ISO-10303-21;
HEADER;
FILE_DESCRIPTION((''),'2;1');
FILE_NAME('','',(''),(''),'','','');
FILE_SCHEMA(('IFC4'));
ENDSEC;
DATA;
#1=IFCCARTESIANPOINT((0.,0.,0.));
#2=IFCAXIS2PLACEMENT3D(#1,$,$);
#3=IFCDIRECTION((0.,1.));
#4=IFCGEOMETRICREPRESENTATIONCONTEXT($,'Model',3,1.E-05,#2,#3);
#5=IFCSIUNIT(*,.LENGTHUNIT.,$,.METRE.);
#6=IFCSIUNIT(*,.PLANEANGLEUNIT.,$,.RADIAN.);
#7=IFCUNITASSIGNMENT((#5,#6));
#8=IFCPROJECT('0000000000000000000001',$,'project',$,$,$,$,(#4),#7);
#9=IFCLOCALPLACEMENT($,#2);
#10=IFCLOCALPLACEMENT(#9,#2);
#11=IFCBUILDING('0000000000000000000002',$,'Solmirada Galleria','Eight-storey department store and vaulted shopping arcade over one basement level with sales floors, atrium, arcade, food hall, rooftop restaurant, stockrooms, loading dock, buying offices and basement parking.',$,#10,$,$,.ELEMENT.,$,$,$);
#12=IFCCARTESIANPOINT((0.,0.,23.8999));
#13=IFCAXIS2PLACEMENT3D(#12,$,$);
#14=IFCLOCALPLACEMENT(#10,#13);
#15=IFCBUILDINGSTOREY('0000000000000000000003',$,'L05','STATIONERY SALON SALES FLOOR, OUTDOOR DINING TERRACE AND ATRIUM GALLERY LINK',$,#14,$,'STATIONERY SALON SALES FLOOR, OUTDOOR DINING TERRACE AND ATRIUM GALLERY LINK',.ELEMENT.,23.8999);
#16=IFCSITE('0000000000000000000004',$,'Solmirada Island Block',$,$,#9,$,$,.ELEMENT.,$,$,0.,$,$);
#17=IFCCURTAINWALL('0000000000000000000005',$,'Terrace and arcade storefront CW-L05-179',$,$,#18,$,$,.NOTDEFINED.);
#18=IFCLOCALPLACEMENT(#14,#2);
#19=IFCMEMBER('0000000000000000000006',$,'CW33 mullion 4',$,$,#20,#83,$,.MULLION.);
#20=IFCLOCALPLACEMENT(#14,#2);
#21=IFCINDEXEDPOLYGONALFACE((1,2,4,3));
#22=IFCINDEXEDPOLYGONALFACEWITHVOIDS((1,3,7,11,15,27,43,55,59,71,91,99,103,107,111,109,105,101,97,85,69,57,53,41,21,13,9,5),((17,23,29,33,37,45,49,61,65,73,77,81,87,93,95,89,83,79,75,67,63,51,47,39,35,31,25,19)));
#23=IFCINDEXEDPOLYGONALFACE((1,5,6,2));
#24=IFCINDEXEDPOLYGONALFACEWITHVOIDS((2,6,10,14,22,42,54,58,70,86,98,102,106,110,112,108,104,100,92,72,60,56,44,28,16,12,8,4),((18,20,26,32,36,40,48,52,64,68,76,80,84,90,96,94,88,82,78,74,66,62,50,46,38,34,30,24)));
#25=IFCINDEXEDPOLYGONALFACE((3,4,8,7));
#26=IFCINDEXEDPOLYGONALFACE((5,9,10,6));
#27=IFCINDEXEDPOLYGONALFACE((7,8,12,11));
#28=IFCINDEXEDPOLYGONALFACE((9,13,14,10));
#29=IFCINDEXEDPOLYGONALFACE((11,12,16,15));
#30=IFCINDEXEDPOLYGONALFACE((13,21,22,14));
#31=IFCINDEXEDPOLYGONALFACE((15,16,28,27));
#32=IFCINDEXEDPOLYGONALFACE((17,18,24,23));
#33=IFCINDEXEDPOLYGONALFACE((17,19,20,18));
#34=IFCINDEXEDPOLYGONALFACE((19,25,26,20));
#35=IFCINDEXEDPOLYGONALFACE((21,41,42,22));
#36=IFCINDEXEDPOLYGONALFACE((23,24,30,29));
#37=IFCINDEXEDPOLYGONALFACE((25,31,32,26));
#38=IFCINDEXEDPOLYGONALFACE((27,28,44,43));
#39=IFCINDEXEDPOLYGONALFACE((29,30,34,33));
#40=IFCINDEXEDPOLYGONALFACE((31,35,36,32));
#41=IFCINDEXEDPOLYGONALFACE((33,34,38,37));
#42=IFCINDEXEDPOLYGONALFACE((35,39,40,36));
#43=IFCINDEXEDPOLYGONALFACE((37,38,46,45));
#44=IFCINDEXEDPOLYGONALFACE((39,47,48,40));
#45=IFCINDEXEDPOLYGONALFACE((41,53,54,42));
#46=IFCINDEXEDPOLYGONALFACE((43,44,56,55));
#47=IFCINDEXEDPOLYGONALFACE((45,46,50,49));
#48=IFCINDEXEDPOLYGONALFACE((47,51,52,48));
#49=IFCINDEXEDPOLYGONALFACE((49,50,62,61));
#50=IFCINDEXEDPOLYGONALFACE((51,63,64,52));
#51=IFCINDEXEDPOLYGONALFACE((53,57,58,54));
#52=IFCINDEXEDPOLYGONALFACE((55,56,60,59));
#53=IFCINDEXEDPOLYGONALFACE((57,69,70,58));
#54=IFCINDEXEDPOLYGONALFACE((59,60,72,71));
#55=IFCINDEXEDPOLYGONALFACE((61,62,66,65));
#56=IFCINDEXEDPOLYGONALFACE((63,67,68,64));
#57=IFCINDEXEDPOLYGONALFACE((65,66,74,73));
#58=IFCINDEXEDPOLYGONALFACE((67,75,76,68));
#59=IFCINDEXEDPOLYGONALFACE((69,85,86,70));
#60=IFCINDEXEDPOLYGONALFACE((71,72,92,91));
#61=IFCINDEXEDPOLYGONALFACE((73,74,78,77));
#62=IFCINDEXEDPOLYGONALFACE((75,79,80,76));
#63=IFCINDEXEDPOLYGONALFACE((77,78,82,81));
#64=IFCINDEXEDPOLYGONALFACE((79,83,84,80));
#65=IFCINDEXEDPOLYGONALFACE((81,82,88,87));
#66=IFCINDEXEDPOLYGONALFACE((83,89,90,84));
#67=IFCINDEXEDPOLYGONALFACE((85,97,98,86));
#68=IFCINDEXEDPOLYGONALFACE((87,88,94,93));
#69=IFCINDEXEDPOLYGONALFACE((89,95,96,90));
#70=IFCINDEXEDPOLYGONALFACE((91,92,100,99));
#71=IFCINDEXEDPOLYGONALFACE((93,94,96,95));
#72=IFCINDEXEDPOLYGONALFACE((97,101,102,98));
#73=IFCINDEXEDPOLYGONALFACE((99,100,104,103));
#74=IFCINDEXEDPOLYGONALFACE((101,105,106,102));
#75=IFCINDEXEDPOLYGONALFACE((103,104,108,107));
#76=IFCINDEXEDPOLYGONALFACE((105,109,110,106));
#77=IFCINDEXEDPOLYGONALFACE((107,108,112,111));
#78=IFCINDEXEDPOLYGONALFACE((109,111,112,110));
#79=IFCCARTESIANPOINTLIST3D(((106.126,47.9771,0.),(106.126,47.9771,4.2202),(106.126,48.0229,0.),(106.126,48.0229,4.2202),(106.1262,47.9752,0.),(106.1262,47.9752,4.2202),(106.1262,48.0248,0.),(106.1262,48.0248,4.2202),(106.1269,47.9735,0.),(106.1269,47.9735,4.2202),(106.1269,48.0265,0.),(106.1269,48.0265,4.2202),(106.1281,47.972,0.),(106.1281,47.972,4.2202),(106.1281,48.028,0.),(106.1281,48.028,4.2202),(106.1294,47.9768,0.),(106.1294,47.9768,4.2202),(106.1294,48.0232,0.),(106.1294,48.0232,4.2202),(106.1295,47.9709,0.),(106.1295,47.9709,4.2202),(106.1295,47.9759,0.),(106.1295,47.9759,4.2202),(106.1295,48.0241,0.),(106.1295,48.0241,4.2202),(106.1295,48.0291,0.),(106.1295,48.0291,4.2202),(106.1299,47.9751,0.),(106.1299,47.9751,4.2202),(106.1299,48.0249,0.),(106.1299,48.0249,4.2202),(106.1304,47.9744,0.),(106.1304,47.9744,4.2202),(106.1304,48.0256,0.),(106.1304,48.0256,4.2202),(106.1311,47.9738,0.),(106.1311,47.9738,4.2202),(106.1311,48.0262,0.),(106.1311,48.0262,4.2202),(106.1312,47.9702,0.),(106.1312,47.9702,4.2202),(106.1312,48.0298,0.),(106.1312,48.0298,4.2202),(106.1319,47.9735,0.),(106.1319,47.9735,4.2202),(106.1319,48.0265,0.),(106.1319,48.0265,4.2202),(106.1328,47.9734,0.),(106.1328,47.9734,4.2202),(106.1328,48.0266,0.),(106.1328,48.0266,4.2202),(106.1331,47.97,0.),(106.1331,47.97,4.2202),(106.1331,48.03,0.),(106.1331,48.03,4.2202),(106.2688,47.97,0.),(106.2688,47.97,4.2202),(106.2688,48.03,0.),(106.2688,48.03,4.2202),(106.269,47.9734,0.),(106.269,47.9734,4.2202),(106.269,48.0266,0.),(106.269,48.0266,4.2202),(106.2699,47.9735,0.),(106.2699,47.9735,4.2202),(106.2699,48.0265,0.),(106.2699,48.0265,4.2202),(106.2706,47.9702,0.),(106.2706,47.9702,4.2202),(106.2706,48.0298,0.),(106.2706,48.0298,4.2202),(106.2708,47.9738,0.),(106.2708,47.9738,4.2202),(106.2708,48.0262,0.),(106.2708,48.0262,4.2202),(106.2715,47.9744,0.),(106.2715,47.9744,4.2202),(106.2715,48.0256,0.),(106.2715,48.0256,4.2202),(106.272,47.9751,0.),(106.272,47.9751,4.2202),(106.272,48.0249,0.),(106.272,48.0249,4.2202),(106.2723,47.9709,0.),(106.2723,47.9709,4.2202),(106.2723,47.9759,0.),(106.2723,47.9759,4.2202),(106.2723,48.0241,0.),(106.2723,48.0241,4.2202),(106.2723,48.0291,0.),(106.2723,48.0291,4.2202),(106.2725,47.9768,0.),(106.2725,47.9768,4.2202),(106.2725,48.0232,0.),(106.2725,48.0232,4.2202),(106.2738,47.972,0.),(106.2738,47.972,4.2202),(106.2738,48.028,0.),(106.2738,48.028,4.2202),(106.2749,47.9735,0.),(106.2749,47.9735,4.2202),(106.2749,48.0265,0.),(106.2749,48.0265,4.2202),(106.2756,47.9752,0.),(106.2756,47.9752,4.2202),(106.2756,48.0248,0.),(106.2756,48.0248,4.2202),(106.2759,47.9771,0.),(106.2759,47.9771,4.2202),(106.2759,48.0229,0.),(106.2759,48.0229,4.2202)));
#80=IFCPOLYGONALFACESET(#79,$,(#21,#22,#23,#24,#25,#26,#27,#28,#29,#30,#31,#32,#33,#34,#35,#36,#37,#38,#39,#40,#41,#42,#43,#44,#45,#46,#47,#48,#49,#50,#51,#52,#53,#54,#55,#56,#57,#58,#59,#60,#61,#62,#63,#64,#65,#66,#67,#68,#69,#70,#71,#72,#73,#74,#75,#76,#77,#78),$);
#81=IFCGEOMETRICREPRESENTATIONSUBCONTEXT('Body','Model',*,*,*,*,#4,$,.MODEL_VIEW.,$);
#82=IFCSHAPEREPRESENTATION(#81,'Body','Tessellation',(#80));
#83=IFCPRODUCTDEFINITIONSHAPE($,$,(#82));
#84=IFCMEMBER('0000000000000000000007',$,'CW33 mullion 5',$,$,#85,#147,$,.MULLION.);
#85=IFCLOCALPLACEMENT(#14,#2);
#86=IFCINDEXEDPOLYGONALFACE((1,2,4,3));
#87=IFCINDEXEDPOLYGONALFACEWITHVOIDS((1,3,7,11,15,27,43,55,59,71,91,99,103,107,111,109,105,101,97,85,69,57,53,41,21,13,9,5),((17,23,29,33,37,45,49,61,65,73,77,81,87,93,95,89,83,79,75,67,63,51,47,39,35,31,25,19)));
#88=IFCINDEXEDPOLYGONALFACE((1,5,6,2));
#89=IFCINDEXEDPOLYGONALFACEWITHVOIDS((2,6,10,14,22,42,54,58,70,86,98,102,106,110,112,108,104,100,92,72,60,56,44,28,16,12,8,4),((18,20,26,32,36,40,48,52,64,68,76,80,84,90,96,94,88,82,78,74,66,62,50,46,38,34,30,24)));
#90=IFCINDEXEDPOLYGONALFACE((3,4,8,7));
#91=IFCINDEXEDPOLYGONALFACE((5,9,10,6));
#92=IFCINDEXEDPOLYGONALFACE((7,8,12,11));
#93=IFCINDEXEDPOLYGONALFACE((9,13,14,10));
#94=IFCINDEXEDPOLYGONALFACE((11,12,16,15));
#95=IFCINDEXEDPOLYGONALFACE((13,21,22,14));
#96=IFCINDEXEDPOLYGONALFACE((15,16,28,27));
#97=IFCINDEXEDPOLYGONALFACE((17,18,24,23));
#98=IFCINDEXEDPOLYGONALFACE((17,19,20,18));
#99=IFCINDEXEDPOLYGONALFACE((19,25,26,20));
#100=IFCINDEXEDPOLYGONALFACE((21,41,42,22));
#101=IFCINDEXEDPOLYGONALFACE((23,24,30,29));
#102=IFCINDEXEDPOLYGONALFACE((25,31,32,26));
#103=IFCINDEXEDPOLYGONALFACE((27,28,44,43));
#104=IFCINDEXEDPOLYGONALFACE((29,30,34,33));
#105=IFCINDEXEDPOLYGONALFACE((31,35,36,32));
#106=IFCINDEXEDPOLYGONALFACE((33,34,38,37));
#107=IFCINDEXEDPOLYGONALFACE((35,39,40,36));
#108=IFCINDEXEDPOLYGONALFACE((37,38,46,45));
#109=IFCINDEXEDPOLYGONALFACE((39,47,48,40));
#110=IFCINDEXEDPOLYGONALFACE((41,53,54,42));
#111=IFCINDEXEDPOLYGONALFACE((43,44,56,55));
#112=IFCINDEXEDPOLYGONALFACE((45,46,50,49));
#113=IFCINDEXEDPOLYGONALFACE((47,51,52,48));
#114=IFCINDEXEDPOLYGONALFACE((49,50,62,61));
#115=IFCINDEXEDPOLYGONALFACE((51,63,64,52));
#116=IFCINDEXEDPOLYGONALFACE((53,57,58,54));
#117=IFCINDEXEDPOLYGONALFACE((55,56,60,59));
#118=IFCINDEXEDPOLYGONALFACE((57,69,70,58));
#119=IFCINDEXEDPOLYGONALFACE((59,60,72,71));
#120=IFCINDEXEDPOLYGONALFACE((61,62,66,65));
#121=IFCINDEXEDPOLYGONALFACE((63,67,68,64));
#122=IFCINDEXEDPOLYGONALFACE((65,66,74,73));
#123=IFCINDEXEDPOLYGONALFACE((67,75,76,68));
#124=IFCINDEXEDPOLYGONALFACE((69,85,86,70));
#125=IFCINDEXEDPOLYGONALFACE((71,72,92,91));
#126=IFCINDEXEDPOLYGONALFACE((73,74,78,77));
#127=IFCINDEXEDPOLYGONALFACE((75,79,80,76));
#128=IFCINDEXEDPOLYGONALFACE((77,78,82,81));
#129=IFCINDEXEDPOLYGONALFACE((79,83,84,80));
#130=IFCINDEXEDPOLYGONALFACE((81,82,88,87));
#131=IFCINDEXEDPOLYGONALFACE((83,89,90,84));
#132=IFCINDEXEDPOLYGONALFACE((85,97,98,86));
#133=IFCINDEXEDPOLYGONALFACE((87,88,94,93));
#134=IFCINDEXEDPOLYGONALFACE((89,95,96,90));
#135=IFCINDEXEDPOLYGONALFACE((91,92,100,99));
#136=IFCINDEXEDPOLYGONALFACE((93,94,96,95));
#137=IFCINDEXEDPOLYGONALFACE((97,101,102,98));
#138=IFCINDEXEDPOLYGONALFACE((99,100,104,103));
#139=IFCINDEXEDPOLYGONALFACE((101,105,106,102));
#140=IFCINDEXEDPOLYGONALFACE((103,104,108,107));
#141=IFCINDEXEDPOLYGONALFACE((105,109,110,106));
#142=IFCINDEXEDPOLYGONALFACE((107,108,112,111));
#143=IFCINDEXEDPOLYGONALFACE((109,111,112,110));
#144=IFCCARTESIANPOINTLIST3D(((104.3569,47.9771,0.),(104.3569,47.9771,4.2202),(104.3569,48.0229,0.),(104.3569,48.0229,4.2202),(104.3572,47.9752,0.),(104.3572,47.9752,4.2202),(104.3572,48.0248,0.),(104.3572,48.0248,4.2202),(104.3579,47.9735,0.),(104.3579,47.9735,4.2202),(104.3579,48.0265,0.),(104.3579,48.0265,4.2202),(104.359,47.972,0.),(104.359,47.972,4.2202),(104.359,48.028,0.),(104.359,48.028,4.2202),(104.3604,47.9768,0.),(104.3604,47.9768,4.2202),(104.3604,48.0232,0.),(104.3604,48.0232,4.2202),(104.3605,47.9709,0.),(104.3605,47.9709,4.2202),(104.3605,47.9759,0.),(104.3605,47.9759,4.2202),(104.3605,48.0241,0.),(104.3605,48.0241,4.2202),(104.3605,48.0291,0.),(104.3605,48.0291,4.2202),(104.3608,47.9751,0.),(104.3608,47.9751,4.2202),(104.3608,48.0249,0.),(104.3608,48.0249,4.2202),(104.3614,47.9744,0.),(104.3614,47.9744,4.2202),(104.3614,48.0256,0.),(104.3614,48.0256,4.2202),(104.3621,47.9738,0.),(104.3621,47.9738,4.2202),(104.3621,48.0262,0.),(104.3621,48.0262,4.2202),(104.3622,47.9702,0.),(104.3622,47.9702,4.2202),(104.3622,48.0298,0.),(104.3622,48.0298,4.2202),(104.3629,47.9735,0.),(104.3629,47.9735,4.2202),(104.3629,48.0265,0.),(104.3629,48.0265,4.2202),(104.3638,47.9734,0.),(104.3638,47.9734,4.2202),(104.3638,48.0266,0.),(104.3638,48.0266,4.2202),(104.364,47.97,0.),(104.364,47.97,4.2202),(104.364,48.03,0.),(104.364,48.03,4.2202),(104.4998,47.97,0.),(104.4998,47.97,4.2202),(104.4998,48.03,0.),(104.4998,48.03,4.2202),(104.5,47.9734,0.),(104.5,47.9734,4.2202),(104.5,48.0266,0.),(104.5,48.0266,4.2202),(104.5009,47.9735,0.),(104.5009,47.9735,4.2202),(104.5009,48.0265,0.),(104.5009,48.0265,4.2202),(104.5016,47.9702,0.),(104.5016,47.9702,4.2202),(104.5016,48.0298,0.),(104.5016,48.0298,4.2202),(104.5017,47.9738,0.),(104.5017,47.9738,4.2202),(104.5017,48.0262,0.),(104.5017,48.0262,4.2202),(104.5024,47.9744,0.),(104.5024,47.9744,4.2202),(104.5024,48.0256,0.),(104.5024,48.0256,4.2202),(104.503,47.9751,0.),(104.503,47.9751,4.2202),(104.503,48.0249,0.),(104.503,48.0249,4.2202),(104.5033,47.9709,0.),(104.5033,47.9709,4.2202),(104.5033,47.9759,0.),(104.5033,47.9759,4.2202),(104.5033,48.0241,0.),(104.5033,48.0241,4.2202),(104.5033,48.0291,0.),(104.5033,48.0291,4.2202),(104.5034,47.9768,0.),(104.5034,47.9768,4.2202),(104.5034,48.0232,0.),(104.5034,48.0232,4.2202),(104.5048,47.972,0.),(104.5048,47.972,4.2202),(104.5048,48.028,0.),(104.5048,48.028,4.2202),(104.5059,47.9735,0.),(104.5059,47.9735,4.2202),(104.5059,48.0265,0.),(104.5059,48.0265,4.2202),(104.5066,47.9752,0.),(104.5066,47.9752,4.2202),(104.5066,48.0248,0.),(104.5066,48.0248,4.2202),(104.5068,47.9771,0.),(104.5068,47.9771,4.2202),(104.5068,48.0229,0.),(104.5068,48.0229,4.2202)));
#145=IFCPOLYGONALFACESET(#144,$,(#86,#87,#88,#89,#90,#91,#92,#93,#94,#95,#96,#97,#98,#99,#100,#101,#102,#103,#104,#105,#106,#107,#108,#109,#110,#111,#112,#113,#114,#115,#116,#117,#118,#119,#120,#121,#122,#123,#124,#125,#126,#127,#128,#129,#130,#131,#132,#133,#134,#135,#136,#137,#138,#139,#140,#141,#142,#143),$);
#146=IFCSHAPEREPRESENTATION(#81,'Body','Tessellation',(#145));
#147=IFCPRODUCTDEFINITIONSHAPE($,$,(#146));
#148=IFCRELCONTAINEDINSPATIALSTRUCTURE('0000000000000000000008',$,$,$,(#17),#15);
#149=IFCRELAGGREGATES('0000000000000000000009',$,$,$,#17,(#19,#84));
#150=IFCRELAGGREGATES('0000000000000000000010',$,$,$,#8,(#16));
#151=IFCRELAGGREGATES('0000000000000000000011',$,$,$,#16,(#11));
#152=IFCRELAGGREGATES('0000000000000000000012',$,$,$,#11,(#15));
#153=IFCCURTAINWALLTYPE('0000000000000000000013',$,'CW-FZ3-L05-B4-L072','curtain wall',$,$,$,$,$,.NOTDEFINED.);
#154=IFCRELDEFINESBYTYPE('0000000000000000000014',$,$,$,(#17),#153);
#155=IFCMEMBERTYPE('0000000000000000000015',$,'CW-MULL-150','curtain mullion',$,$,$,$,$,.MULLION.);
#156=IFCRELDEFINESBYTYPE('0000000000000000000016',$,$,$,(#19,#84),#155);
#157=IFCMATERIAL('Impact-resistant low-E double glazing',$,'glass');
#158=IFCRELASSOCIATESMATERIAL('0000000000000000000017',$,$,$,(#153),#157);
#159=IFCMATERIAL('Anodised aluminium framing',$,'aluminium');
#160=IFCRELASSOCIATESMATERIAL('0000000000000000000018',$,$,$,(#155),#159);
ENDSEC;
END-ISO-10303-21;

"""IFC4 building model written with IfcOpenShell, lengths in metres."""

from ifc_helpers import new_model, si_unit, direction, frame, origin, origin_2d, place, context, subcontext, project, spatial, hollow_rectangle, extrude, material, material_profile, profile_set, type_object, element, aggregate, save


model = new_model("IFC4")

# Units and contexts
model_context = context("Model", 3, precision=1e-05, world=origin(), true_north=direction((0.0, 1.0)))
body_context = subcontext(model_context, "Body", "Model", "MODEL_VIEW")
ifc_project = project(units=[si_unit("LENGTHUNIT", "METRE"), si_unit("PLANEANGLEUNIT", "RADIAN")], contexts=[model_context])

# Site, building, storey
site_placement = place(None, origin())
site = spatial("IfcSite", under=ifc_project, at=site_placement, Name="Solmirada Island Block", CompositionType="ELEMENT", RefElevation=0.0)
building_placement = place(site_placement, origin())
building = spatial("IfcBuilding", under=site, at=building_placement, Name="Solmirada Galleria", Description="Eight-storey department store and vaulted shopping arcade over one basement level with sales floors, atrium, arcade, food hall, rooftop restaurant, stockrooms, loading dock, buying offices and basement parking.", CompositionType="ELEMENT")
storey_placement = place(building_placement, frame((0.0, 0.0, 23.8999)))
storey = spatial("IfcBuildingStorey", under=building, at=storey_placement, Name="L05", Description="STATIONERY SALON SALES FLOOR, OUTDOOR DINING TERRACE AND ATRIUM GALLERY LINK", LongName="STATIONERY SALON SALES FLOOR, OUTDOOR DINING TERRACE AND ATRIUM GALLERY LINK", CompositionType="ELEMENT", Elevation=23.8999)

# Curtain wall, members
ifc_material_1 = material(Name="Impact-resistant low-E double glazing", Category="glass")
curtain_wall_type = type_object("IfcCurtainWallType", Name="CW-FZ3-L05-B4-L072", Description="curtain wall", PredefinedType="NOTDEFINED", material=ifc_material_1)
curtain_wall_1_placement = place(storey_placement, origin())
curtain_wall_1 = element("IfcCurtainWall", 1, at=curtain_wall_1_placement, inside=storey, type_object=curtain_wall_type, Name="Terrace and arcade storefront CW-L05-179", PredefinedType="NOTDEFINED")
ifc_material_2 = material(Name="Anodised aluminium framing", Category="aluminium")
ifc_material_profile_1 = material_profile(ifc_material_2, hollow_rectangle(XDim=0.0601, YDim=0.1499, WallThickness=0.0034, InnerFilletRadius=0.0034, OuterFilletRadius=0.0071, at=origin_2d()), Name="ALU-MULL-150X60")
ifc_profile_set_1 = profile_set([ifc_material_profile_1], Name="Anodised aluminium framing")
member_type_1 = type_object("IfcMemberType", Name="CW-MULL-150", Description="curtain mullion", PredefinedType="MULLION", material=ifc_profile_set_1)
member_1_placement = place(storey_placement, frame((106.2009, 48.0, 0.0), z_axis=(0.0, 0.0, 1.0), x_axis=(0.0, -1.0, 0.0)))
member_1 = element("IfcMember", 2, at=member_1_placement, type_object=member_type_1, Name="CW33 mullion 4", PredefinedType="MULLION", context=body_context, shape_type="SweptSolid", body=[
    extrude(hollow_rectangle(XDim=0.0601, YDim=0.1499, WallThickness=0.0034, InnerFilletRadius=0.0034, OuterFilletRadius=0.0071, at=origin_2d()), origin(), (0.0, 0.0, 1.0), 4.2202),
])
member_2_placement = place(storey_placement, frame((104.4319, 48.0, 0.0), z_axis=(0.0, 0.0, 1.0), x_axis=(0.0, -1.0, 0.0)))
member_2 = element("IfcMember", 3, at=member_2_placement, type_object=member_type_1, Name="CW33 mullion 5", PredefinedType="MULLION", context=body_context, shape_type="SweptSolid", body=[
    extrude(hollow_rectangle(XDim=0.0601, YDim=0.1499, WallThickness=0.0034, InnerFilletRadius=0.0034, OuterFilletRadius=0.0071, at=origin_2d()), origin(), (0.0, 0.0, 1.0), 4.2202),
])

aggregate(curtain_wall_1, [member_1, member_2])

save(model, "model.ifc")
